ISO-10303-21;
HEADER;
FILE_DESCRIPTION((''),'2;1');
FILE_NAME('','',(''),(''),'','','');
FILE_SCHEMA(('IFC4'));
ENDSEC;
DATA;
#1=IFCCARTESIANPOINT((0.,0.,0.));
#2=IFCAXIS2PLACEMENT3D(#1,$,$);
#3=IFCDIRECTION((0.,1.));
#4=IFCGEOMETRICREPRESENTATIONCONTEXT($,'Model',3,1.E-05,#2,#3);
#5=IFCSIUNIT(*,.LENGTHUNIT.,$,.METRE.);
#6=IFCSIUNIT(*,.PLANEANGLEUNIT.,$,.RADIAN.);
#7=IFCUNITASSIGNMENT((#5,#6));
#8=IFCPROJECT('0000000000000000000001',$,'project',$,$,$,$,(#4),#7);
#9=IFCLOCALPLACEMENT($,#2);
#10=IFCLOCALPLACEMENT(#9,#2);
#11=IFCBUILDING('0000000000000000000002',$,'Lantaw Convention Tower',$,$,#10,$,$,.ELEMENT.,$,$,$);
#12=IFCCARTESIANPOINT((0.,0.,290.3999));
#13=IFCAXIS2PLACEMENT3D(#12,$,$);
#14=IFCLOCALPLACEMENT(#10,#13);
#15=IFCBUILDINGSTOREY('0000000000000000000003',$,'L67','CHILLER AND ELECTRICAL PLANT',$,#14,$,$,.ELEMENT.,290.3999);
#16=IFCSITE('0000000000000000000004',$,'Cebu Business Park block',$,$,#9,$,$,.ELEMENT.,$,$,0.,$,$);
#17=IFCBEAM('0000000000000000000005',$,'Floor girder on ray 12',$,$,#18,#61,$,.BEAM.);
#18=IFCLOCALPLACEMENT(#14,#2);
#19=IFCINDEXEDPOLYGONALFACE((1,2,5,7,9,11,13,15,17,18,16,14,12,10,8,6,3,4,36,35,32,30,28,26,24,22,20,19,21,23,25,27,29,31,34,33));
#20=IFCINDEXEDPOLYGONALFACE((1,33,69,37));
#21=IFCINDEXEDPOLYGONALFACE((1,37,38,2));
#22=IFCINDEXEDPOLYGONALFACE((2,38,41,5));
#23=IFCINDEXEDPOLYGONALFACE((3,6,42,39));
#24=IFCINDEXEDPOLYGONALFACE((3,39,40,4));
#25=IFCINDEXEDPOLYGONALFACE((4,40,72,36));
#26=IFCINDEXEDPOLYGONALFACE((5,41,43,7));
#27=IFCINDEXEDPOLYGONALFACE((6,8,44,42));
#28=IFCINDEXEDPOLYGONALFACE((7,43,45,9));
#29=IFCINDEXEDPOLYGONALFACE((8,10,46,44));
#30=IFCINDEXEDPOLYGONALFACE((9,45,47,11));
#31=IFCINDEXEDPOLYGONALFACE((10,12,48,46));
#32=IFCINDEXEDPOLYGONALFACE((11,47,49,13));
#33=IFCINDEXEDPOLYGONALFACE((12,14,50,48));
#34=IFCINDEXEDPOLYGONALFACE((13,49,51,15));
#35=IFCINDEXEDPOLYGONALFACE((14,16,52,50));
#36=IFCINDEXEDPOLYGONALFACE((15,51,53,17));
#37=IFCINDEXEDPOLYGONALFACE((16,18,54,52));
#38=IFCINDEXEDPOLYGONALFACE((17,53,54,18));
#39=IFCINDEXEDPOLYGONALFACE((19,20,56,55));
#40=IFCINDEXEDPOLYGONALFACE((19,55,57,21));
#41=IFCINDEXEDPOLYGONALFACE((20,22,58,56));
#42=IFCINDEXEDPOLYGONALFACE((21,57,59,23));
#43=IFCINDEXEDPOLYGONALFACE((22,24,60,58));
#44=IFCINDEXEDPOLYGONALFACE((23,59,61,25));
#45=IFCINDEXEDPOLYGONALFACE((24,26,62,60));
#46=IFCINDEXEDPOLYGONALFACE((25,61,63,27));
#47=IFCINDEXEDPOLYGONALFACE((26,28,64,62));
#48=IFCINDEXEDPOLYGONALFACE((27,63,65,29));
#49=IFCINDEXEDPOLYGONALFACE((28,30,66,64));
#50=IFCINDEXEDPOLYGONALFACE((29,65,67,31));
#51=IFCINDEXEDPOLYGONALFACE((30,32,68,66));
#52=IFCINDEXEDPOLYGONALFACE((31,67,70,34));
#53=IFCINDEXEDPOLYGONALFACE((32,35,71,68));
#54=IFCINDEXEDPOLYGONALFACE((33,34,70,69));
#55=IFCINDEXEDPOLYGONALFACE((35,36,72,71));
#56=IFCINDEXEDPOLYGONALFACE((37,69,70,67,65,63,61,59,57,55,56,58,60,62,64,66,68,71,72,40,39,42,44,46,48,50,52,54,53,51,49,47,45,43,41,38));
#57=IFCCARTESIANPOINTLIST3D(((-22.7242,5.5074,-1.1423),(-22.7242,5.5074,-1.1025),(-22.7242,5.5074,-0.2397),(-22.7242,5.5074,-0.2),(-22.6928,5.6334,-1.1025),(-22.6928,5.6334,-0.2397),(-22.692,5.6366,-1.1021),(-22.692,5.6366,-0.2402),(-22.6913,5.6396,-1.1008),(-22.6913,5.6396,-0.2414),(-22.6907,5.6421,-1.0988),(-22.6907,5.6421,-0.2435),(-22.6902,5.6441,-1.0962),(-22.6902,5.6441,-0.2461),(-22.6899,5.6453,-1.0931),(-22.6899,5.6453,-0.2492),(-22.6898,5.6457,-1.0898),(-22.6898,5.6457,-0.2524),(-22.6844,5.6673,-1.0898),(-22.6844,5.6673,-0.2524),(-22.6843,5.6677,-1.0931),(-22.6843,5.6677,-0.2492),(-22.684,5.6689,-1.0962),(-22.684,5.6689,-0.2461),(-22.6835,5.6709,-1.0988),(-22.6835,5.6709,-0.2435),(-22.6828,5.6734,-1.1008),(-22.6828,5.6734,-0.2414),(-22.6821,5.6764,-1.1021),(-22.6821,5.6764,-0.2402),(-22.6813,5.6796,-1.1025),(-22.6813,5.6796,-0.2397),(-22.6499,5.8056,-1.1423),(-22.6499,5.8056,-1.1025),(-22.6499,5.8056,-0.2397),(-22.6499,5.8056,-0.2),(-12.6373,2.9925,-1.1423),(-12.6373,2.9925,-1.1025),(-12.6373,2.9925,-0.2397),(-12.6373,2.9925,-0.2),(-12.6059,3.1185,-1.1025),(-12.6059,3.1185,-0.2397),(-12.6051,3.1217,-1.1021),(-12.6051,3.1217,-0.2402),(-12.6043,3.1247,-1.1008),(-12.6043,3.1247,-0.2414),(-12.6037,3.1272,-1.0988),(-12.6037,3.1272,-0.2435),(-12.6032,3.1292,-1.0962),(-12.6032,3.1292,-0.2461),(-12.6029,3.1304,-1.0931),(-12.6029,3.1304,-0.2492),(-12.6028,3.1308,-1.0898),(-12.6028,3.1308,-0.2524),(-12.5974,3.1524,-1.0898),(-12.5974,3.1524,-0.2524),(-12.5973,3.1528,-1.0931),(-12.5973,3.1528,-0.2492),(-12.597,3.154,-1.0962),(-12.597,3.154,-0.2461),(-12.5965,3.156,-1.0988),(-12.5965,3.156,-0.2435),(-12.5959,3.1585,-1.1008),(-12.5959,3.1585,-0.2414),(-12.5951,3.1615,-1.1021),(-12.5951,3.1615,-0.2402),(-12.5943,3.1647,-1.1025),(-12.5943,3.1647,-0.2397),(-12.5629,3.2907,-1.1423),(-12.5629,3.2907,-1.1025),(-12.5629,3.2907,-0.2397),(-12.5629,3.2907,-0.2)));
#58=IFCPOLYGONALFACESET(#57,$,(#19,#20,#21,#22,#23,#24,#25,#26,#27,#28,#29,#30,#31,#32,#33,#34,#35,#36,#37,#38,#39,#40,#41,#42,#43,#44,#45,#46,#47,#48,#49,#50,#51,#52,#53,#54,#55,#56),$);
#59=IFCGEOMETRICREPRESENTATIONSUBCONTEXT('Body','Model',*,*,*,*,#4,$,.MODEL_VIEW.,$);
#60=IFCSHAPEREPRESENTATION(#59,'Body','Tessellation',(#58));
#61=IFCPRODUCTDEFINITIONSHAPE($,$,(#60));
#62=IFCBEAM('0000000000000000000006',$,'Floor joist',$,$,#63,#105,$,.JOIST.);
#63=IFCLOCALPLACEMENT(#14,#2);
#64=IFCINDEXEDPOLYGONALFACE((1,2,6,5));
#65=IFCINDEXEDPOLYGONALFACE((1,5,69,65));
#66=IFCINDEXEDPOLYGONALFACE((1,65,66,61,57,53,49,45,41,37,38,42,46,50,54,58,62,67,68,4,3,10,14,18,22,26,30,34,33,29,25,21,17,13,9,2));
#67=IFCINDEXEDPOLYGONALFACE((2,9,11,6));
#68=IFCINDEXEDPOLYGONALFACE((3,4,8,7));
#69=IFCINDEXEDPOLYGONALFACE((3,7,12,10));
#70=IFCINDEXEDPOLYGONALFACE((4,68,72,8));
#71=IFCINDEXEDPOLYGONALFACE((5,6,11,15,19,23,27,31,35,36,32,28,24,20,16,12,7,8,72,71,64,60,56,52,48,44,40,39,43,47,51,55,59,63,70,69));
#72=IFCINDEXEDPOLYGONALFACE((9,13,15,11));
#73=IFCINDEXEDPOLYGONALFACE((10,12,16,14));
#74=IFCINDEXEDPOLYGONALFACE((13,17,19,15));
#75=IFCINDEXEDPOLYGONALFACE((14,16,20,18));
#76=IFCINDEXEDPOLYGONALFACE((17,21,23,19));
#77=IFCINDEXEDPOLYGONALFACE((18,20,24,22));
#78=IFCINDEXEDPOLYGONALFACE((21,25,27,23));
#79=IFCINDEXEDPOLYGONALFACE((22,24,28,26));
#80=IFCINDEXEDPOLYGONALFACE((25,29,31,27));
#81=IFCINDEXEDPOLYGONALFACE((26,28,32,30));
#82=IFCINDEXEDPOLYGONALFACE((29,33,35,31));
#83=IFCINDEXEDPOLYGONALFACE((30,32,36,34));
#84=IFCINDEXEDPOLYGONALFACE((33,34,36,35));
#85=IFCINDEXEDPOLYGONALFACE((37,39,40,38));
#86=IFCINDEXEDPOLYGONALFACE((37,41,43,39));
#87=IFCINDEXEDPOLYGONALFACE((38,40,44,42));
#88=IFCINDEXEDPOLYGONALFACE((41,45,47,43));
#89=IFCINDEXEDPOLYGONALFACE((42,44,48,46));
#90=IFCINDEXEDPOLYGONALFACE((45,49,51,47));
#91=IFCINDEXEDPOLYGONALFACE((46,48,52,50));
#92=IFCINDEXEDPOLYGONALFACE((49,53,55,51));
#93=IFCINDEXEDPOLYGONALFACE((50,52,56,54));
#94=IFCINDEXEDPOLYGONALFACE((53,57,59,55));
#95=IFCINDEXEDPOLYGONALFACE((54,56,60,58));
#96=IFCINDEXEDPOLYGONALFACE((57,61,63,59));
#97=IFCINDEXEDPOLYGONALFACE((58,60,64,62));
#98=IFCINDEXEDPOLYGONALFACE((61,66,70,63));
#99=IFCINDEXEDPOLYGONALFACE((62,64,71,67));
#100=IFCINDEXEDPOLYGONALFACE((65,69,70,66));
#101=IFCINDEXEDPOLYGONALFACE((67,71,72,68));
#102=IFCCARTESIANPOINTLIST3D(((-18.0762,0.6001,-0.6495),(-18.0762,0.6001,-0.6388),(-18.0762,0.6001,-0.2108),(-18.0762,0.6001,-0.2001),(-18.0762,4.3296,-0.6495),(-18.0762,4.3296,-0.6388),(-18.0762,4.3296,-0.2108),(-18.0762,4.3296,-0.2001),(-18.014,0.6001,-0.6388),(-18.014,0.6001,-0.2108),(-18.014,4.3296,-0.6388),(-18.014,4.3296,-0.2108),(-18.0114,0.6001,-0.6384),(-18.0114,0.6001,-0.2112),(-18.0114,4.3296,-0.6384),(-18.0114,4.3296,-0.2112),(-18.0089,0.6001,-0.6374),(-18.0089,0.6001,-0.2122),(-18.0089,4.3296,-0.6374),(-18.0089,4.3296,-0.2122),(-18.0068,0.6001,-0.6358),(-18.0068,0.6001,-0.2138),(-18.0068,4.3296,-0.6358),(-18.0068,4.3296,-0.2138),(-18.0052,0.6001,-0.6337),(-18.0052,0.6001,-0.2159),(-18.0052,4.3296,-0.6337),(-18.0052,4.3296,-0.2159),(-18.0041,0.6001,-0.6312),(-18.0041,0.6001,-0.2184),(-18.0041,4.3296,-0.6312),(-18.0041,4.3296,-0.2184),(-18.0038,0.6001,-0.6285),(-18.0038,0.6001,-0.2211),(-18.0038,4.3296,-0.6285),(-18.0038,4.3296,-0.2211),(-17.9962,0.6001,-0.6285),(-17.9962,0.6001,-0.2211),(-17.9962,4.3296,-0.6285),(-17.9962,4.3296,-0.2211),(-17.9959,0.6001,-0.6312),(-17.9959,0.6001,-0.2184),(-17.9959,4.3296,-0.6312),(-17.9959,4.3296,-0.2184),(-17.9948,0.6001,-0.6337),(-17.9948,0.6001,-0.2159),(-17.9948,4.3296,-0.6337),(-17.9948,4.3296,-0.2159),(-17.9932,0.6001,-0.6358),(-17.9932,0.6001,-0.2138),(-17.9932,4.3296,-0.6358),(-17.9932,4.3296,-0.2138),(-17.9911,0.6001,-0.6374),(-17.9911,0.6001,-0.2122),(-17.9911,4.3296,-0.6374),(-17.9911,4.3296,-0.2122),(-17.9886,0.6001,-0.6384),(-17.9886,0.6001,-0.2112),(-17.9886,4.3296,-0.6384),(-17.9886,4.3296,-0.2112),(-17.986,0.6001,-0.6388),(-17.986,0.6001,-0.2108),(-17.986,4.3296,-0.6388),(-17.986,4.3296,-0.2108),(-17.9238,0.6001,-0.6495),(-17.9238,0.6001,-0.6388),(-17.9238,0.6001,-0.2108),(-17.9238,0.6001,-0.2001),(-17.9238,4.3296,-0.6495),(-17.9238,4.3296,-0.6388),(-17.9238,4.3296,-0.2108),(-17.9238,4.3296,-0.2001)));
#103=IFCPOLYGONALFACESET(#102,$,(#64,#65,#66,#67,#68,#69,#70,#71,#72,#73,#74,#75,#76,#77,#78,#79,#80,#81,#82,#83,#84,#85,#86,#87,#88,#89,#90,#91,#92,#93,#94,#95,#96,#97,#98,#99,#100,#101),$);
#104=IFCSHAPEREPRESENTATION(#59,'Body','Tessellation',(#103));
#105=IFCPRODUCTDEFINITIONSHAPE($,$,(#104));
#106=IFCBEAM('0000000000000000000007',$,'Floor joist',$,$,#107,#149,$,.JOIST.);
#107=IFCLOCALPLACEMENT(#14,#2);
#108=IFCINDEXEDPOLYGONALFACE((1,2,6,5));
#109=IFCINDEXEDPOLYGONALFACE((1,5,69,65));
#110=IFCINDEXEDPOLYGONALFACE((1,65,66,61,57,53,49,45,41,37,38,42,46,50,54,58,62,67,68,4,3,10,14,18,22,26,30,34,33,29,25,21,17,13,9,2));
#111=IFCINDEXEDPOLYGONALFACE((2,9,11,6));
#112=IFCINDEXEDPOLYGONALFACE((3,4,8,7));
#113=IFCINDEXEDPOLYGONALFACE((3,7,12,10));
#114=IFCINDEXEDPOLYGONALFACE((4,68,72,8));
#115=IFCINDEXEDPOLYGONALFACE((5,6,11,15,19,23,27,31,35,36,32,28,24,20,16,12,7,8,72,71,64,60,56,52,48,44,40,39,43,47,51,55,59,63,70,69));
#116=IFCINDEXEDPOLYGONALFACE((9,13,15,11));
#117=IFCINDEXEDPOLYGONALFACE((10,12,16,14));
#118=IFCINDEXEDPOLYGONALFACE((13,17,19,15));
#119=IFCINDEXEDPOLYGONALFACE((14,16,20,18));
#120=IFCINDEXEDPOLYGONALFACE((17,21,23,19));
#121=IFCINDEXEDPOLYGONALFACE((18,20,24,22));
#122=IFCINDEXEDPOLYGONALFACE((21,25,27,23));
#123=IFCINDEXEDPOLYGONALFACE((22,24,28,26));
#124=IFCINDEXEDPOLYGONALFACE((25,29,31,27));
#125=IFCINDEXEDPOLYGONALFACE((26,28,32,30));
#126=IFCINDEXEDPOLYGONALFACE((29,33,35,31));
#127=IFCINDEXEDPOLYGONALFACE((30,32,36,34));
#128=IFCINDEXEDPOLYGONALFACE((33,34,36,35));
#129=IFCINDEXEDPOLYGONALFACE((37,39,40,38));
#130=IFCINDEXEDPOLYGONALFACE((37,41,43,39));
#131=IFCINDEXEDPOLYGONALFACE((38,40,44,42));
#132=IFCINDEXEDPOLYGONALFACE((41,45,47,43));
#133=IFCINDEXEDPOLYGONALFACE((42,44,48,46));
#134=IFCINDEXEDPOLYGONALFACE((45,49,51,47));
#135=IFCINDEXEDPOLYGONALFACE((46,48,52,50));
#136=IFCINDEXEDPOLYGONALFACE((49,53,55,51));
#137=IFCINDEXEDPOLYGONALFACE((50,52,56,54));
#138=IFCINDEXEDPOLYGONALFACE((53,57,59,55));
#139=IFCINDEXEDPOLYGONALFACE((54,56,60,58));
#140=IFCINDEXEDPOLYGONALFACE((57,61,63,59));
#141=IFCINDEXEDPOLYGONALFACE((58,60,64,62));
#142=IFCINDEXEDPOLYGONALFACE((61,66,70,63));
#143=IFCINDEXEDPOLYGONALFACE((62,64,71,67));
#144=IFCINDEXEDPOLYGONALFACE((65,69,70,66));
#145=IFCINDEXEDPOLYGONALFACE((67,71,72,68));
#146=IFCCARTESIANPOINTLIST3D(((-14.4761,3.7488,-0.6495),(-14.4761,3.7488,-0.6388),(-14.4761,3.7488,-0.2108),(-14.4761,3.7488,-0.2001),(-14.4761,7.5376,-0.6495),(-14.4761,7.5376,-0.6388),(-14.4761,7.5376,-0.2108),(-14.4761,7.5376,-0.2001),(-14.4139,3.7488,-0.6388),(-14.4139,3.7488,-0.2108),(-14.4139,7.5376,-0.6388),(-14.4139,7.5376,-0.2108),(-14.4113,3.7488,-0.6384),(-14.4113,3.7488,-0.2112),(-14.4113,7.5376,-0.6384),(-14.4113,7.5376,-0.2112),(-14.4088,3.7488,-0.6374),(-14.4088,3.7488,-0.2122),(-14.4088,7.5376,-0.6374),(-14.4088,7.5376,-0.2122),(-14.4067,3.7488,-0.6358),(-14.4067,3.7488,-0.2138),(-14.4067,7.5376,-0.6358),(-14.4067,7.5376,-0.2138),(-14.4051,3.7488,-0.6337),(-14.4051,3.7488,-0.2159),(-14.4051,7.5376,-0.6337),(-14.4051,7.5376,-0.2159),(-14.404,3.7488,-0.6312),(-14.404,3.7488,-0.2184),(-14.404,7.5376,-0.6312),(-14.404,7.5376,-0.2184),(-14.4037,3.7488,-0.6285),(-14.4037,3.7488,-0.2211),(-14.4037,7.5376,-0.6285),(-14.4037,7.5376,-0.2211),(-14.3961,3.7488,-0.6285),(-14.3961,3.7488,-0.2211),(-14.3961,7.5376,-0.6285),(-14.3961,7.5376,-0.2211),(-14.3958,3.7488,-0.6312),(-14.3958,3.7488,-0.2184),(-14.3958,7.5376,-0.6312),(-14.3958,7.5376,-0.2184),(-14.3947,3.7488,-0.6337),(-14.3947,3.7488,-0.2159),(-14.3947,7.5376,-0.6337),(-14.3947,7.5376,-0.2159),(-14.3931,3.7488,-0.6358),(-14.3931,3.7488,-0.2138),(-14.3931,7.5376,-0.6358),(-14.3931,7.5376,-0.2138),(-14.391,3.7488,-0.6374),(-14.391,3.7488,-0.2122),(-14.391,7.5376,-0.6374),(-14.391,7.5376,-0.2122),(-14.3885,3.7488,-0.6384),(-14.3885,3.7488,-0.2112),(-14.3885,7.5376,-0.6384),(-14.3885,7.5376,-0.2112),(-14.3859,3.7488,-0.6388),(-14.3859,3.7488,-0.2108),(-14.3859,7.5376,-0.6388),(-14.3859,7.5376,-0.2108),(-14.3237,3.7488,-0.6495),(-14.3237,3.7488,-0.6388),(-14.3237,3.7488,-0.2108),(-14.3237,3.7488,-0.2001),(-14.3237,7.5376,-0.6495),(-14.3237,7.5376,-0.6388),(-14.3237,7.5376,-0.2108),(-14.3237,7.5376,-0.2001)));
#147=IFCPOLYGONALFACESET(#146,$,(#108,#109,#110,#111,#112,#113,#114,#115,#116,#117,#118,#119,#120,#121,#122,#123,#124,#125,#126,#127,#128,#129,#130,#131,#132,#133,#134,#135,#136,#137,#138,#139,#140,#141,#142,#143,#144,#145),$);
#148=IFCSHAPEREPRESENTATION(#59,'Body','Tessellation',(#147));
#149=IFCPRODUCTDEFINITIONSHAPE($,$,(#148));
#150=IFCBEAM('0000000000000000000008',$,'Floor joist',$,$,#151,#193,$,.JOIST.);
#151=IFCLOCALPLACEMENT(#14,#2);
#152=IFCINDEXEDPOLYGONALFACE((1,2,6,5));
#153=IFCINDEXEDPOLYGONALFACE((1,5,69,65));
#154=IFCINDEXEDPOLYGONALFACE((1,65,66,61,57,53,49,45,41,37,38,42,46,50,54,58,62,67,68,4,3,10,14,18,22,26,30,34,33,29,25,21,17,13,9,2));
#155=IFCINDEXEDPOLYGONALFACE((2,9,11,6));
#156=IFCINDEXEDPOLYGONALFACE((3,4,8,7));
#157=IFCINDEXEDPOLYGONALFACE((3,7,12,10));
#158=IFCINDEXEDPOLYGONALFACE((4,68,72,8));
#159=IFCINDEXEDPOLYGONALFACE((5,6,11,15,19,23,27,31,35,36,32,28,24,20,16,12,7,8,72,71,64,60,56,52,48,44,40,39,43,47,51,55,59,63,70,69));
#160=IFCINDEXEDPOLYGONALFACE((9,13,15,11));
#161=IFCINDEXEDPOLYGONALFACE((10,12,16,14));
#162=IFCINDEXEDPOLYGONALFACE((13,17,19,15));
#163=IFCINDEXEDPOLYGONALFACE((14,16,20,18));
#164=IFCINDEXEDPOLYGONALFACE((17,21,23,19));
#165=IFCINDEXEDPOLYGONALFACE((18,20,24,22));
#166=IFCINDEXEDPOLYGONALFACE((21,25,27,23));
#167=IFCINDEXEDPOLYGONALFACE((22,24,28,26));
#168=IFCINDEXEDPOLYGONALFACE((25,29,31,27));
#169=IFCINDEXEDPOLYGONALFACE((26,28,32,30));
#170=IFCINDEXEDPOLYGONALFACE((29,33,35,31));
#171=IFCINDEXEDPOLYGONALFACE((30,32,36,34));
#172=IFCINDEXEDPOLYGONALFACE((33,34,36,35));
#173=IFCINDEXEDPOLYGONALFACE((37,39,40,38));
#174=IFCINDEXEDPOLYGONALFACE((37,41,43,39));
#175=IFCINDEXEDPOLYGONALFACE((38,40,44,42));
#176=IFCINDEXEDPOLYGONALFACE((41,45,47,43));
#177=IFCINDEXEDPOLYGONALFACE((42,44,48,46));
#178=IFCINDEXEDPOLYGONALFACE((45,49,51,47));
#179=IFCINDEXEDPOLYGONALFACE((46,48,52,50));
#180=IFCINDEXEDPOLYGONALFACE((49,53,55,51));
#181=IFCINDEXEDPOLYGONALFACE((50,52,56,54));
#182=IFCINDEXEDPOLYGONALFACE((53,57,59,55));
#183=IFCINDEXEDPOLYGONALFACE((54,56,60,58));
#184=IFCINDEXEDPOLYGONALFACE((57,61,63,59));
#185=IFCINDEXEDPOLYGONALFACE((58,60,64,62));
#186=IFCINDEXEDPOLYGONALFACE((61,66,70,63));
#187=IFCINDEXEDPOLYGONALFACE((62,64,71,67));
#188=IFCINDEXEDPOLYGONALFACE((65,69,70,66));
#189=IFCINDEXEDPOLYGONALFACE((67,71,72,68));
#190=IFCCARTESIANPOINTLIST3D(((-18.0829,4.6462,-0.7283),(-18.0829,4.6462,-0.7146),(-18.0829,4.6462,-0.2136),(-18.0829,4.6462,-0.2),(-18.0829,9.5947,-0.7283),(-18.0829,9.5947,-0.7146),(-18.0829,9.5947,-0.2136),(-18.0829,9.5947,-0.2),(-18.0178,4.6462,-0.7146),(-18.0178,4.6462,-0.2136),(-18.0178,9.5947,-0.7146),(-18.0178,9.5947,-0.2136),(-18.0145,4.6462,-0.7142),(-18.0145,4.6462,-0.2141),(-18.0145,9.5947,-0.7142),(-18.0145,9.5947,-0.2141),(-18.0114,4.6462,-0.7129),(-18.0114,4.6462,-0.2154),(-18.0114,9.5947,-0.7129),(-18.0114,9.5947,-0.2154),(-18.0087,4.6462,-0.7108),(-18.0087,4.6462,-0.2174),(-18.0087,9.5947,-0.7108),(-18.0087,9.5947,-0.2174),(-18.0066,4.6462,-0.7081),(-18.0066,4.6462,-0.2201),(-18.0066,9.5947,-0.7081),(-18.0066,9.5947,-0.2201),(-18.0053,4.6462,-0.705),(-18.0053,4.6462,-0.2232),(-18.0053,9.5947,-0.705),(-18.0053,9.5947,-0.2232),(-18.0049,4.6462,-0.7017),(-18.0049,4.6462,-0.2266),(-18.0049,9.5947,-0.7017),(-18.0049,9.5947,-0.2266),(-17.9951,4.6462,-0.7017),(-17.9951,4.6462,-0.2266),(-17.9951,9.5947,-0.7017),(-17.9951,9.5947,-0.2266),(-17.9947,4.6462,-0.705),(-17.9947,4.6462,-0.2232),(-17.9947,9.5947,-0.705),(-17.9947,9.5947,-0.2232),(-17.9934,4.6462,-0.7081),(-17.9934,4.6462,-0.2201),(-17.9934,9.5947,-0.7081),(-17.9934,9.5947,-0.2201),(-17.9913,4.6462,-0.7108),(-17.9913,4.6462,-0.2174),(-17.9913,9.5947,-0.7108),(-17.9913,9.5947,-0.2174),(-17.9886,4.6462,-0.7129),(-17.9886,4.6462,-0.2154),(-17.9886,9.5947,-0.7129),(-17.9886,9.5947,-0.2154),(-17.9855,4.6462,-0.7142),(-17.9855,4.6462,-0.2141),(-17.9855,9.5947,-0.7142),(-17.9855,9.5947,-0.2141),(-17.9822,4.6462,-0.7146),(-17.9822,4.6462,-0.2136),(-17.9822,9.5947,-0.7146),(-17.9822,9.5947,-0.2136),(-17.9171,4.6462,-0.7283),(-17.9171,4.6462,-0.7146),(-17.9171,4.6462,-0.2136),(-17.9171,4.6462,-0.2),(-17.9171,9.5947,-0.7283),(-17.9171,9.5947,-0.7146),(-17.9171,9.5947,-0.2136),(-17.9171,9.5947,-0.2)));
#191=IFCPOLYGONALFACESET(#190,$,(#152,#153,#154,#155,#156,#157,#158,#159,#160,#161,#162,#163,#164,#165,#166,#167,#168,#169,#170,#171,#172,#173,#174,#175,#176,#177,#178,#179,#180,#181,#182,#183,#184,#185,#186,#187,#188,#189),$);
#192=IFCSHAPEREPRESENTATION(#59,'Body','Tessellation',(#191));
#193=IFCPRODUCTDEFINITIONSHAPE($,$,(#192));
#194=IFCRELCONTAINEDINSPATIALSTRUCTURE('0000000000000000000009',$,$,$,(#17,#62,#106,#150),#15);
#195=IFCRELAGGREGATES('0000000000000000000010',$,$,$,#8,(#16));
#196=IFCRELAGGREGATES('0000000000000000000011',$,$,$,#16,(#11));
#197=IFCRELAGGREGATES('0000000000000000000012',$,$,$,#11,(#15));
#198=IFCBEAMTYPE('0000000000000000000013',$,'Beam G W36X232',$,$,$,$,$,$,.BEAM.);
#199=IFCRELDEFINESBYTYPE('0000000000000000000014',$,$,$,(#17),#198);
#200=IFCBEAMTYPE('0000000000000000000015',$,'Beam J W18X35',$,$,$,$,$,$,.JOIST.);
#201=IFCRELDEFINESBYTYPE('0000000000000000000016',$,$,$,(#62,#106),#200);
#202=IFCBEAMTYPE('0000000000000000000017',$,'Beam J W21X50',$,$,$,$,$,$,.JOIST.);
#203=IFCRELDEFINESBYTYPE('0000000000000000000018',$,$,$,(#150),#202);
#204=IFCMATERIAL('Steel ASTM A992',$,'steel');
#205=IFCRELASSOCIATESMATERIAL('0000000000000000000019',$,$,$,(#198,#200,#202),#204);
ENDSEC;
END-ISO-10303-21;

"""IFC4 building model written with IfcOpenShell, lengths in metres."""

from ifc_helpers import new_model, si_unit, direction, frame, origin, origin_2d, place, context, subcontext, project, spatial, i_section, extrude, material, material_profile, profile_set, type_object, element, save


model = new_model("IFC4")

# Units and contexts
model_context = context("Model", 3, precision=1e-05, world=origin(), true_north=direction((0.0, 1.0)))
body_context = subcontext(model_context, "Body", "Model", "MODEL_VIEW")
ifc_project = project(units=[si_unit("LENGTHUNIT", "METRE"), si_unit("PLANEANGLEUNIT", "RADIAN")], contexts=[model_context])

# Site, building, storey
site_placement = place(None, origin())
site = spatial("IfcSite", under=ifc_project, at=site_placement, Name="Cebu Business Park block", CompositionType="ELEMENT", RefElevation=0.0)
building_placement = place(site_placement, origin())
building = spatial("IfcBuilding", under=site, at=building_placement, Name="Lantaw Convention Tower", CompositionType="ELEMENT")
storey_placement = place(building_placement, frame((0.0, 0.0, 290.3999)))
storey = spatial("IfcBuildingStorey", under=building, at=storey_placement, Name="L67", Description="CHILLER AND ELECTRICAL PLANT", CompositionType="ELEMENT", Elevation=290.3999)

# Beams
ifc_material_1 = material(Name="Steel ASTM A992", Category="steel")
ifc_material_profile_1 = material_profile(ifc_material_1, i_section(OverallWidth=0.3074, OverallDepth=0.9424, WebThickness=0.0222, FlangeThickness=0.0398, FilletRadius=0.0127, at=origin_2d()), Name="W36X232")
ifc_profile_set_1 = profile_set([ifc_material_profile_1], Name="Steel ASTM A992")
beam_type_1 = type_object("IfcBeamType", Name="Beam G W36X232", PredefinedType="BEAM", material=ifc_profile_set_1)
beam_1_placement = place(storey_placement, frame((-12.6001, 3.1416, -0.6711), z_axis=(-0.970297, 0.241917, 0.0), x_axis=(-0.241917, -0.970297, 0.0)))
element("IfcBeam", 1, at=beam_1_placement, inside=storey, type_object=beam_type_1, Name="Floor girder on ray 12", PredefinedType="BEAM", context=body_context, shape_type="SweptSolid", body=[
    extrude(i_section(OverallWidth=0.3074, OverallDepth=0.9424, WebThickness=0.0222, FlangeThickness=0.0398, FilletRadius=0.0127, at=origin_2d()), origin(), (0.0, 0.0, 1.0), 10.3958),
])
ifc_material_profile_2 = material_profile(ifc_material_1, i_section(OverallWidth=0.1523, OverallDepth=0.4495, WebThickness=0.0076, FlangeThickness=0.0107, FilletRadius=0.0103, at=origin_2d()), Name="W18X35")
ifc_profile_set_2 = profile_set([ifc_material_profile_2], Name="Steel ASTM A992")
beam_type_2 = type_object("IfcBeamType", Name="Beam J W18X35", PredefinedType="JOIST", material=ifc_profile_set_2)
beam_2_placement = place(storey_placement, frame((-18.0, 0.6001, -0.4248), z_axis=(0.0, 1.0, 0.0), x_axis=(-1.0, 0.0, 0.0)))
element("IfcBeam", 2, at=beam_2_placement, inside=storey, type_object=beam_type_2, Name="Floor joist", PredefinedType="JOIST", context=body_context, shape_type="SweptSolid", body=[
    extrude(i_section(OverallWidth=0.1523, OverallDepth=0.4495, WebThickness=0.0076, FlangeThickness=0.0107, FilletRadius=0.0103, at=origin_2d()), origin(), (0.0, 0.0, 1.0), 3.7295),
])
beam_3_placement = place(storey_placement, frame((-14.3999, 3.7488, -0.4248), z_axis=(0.0, 1.0, 0.0), x_axis=(-1.0, 0.0, 0.0)))
element("IfcBeam", 3, at=beam_3_placement, inside=storey, type_object=beam_type_2, Name="Floor joist", PredefinedType="JOIST", context=body_context, shape_type="SweptSolid", body=[
    extrude(i_section(OverallWidth=0.1523, OverallDepth=0.4495, WebThickness=0.0076, FlangeThickness=0.0107, FilletRadius=0.0103, at=origin_2d()), origin(), (0.0, 0.0, 1.0), 3.7888),
])
ifc_material_profile_3 = material_profile(ifc_material_1, i_section(OverallWidth=0.1658, OverallDepth=0.5283, WebThickness=0.0098, FlangeThickness=0.0137, FilletRadius=0.0129, at=origin_2d()), Name="W21X50")
ifc_profile_set_3 = profile_set([ifc_material_profile_3], Name="Steel ASTM A992")
beam_type_3 = type_object("IfcBeamType", Name="Beam J W21X50", PredefinedType="JOIST", material=ifc_profile_set_3)
beam_4_placement = place(storey_placement, frame((-18.0, 4.6462, -0.4641), z_axis=(0.0, 1.0, 0.0), x_axis=(-1.0, 0.0, 0.0)))
element("IfcBeam", 4, at=beam_4_placement, inside=storey, type_object=beam_type_3, Name="Floor joist", PredefinedType="JOIST", context=body_context, shape_type="SweptSolid", body=[
    extrude(i_section(OverallWidth=0.1658, OverallDepth=0.5283, WebThickness=0.0098, FlangeThickness=0.0137, FilletRadius=0.0129, at=origin_2d()), origin(), (0.0, 0.0, 1.0), 4.9485),
])

save(model, "model.ifc")
